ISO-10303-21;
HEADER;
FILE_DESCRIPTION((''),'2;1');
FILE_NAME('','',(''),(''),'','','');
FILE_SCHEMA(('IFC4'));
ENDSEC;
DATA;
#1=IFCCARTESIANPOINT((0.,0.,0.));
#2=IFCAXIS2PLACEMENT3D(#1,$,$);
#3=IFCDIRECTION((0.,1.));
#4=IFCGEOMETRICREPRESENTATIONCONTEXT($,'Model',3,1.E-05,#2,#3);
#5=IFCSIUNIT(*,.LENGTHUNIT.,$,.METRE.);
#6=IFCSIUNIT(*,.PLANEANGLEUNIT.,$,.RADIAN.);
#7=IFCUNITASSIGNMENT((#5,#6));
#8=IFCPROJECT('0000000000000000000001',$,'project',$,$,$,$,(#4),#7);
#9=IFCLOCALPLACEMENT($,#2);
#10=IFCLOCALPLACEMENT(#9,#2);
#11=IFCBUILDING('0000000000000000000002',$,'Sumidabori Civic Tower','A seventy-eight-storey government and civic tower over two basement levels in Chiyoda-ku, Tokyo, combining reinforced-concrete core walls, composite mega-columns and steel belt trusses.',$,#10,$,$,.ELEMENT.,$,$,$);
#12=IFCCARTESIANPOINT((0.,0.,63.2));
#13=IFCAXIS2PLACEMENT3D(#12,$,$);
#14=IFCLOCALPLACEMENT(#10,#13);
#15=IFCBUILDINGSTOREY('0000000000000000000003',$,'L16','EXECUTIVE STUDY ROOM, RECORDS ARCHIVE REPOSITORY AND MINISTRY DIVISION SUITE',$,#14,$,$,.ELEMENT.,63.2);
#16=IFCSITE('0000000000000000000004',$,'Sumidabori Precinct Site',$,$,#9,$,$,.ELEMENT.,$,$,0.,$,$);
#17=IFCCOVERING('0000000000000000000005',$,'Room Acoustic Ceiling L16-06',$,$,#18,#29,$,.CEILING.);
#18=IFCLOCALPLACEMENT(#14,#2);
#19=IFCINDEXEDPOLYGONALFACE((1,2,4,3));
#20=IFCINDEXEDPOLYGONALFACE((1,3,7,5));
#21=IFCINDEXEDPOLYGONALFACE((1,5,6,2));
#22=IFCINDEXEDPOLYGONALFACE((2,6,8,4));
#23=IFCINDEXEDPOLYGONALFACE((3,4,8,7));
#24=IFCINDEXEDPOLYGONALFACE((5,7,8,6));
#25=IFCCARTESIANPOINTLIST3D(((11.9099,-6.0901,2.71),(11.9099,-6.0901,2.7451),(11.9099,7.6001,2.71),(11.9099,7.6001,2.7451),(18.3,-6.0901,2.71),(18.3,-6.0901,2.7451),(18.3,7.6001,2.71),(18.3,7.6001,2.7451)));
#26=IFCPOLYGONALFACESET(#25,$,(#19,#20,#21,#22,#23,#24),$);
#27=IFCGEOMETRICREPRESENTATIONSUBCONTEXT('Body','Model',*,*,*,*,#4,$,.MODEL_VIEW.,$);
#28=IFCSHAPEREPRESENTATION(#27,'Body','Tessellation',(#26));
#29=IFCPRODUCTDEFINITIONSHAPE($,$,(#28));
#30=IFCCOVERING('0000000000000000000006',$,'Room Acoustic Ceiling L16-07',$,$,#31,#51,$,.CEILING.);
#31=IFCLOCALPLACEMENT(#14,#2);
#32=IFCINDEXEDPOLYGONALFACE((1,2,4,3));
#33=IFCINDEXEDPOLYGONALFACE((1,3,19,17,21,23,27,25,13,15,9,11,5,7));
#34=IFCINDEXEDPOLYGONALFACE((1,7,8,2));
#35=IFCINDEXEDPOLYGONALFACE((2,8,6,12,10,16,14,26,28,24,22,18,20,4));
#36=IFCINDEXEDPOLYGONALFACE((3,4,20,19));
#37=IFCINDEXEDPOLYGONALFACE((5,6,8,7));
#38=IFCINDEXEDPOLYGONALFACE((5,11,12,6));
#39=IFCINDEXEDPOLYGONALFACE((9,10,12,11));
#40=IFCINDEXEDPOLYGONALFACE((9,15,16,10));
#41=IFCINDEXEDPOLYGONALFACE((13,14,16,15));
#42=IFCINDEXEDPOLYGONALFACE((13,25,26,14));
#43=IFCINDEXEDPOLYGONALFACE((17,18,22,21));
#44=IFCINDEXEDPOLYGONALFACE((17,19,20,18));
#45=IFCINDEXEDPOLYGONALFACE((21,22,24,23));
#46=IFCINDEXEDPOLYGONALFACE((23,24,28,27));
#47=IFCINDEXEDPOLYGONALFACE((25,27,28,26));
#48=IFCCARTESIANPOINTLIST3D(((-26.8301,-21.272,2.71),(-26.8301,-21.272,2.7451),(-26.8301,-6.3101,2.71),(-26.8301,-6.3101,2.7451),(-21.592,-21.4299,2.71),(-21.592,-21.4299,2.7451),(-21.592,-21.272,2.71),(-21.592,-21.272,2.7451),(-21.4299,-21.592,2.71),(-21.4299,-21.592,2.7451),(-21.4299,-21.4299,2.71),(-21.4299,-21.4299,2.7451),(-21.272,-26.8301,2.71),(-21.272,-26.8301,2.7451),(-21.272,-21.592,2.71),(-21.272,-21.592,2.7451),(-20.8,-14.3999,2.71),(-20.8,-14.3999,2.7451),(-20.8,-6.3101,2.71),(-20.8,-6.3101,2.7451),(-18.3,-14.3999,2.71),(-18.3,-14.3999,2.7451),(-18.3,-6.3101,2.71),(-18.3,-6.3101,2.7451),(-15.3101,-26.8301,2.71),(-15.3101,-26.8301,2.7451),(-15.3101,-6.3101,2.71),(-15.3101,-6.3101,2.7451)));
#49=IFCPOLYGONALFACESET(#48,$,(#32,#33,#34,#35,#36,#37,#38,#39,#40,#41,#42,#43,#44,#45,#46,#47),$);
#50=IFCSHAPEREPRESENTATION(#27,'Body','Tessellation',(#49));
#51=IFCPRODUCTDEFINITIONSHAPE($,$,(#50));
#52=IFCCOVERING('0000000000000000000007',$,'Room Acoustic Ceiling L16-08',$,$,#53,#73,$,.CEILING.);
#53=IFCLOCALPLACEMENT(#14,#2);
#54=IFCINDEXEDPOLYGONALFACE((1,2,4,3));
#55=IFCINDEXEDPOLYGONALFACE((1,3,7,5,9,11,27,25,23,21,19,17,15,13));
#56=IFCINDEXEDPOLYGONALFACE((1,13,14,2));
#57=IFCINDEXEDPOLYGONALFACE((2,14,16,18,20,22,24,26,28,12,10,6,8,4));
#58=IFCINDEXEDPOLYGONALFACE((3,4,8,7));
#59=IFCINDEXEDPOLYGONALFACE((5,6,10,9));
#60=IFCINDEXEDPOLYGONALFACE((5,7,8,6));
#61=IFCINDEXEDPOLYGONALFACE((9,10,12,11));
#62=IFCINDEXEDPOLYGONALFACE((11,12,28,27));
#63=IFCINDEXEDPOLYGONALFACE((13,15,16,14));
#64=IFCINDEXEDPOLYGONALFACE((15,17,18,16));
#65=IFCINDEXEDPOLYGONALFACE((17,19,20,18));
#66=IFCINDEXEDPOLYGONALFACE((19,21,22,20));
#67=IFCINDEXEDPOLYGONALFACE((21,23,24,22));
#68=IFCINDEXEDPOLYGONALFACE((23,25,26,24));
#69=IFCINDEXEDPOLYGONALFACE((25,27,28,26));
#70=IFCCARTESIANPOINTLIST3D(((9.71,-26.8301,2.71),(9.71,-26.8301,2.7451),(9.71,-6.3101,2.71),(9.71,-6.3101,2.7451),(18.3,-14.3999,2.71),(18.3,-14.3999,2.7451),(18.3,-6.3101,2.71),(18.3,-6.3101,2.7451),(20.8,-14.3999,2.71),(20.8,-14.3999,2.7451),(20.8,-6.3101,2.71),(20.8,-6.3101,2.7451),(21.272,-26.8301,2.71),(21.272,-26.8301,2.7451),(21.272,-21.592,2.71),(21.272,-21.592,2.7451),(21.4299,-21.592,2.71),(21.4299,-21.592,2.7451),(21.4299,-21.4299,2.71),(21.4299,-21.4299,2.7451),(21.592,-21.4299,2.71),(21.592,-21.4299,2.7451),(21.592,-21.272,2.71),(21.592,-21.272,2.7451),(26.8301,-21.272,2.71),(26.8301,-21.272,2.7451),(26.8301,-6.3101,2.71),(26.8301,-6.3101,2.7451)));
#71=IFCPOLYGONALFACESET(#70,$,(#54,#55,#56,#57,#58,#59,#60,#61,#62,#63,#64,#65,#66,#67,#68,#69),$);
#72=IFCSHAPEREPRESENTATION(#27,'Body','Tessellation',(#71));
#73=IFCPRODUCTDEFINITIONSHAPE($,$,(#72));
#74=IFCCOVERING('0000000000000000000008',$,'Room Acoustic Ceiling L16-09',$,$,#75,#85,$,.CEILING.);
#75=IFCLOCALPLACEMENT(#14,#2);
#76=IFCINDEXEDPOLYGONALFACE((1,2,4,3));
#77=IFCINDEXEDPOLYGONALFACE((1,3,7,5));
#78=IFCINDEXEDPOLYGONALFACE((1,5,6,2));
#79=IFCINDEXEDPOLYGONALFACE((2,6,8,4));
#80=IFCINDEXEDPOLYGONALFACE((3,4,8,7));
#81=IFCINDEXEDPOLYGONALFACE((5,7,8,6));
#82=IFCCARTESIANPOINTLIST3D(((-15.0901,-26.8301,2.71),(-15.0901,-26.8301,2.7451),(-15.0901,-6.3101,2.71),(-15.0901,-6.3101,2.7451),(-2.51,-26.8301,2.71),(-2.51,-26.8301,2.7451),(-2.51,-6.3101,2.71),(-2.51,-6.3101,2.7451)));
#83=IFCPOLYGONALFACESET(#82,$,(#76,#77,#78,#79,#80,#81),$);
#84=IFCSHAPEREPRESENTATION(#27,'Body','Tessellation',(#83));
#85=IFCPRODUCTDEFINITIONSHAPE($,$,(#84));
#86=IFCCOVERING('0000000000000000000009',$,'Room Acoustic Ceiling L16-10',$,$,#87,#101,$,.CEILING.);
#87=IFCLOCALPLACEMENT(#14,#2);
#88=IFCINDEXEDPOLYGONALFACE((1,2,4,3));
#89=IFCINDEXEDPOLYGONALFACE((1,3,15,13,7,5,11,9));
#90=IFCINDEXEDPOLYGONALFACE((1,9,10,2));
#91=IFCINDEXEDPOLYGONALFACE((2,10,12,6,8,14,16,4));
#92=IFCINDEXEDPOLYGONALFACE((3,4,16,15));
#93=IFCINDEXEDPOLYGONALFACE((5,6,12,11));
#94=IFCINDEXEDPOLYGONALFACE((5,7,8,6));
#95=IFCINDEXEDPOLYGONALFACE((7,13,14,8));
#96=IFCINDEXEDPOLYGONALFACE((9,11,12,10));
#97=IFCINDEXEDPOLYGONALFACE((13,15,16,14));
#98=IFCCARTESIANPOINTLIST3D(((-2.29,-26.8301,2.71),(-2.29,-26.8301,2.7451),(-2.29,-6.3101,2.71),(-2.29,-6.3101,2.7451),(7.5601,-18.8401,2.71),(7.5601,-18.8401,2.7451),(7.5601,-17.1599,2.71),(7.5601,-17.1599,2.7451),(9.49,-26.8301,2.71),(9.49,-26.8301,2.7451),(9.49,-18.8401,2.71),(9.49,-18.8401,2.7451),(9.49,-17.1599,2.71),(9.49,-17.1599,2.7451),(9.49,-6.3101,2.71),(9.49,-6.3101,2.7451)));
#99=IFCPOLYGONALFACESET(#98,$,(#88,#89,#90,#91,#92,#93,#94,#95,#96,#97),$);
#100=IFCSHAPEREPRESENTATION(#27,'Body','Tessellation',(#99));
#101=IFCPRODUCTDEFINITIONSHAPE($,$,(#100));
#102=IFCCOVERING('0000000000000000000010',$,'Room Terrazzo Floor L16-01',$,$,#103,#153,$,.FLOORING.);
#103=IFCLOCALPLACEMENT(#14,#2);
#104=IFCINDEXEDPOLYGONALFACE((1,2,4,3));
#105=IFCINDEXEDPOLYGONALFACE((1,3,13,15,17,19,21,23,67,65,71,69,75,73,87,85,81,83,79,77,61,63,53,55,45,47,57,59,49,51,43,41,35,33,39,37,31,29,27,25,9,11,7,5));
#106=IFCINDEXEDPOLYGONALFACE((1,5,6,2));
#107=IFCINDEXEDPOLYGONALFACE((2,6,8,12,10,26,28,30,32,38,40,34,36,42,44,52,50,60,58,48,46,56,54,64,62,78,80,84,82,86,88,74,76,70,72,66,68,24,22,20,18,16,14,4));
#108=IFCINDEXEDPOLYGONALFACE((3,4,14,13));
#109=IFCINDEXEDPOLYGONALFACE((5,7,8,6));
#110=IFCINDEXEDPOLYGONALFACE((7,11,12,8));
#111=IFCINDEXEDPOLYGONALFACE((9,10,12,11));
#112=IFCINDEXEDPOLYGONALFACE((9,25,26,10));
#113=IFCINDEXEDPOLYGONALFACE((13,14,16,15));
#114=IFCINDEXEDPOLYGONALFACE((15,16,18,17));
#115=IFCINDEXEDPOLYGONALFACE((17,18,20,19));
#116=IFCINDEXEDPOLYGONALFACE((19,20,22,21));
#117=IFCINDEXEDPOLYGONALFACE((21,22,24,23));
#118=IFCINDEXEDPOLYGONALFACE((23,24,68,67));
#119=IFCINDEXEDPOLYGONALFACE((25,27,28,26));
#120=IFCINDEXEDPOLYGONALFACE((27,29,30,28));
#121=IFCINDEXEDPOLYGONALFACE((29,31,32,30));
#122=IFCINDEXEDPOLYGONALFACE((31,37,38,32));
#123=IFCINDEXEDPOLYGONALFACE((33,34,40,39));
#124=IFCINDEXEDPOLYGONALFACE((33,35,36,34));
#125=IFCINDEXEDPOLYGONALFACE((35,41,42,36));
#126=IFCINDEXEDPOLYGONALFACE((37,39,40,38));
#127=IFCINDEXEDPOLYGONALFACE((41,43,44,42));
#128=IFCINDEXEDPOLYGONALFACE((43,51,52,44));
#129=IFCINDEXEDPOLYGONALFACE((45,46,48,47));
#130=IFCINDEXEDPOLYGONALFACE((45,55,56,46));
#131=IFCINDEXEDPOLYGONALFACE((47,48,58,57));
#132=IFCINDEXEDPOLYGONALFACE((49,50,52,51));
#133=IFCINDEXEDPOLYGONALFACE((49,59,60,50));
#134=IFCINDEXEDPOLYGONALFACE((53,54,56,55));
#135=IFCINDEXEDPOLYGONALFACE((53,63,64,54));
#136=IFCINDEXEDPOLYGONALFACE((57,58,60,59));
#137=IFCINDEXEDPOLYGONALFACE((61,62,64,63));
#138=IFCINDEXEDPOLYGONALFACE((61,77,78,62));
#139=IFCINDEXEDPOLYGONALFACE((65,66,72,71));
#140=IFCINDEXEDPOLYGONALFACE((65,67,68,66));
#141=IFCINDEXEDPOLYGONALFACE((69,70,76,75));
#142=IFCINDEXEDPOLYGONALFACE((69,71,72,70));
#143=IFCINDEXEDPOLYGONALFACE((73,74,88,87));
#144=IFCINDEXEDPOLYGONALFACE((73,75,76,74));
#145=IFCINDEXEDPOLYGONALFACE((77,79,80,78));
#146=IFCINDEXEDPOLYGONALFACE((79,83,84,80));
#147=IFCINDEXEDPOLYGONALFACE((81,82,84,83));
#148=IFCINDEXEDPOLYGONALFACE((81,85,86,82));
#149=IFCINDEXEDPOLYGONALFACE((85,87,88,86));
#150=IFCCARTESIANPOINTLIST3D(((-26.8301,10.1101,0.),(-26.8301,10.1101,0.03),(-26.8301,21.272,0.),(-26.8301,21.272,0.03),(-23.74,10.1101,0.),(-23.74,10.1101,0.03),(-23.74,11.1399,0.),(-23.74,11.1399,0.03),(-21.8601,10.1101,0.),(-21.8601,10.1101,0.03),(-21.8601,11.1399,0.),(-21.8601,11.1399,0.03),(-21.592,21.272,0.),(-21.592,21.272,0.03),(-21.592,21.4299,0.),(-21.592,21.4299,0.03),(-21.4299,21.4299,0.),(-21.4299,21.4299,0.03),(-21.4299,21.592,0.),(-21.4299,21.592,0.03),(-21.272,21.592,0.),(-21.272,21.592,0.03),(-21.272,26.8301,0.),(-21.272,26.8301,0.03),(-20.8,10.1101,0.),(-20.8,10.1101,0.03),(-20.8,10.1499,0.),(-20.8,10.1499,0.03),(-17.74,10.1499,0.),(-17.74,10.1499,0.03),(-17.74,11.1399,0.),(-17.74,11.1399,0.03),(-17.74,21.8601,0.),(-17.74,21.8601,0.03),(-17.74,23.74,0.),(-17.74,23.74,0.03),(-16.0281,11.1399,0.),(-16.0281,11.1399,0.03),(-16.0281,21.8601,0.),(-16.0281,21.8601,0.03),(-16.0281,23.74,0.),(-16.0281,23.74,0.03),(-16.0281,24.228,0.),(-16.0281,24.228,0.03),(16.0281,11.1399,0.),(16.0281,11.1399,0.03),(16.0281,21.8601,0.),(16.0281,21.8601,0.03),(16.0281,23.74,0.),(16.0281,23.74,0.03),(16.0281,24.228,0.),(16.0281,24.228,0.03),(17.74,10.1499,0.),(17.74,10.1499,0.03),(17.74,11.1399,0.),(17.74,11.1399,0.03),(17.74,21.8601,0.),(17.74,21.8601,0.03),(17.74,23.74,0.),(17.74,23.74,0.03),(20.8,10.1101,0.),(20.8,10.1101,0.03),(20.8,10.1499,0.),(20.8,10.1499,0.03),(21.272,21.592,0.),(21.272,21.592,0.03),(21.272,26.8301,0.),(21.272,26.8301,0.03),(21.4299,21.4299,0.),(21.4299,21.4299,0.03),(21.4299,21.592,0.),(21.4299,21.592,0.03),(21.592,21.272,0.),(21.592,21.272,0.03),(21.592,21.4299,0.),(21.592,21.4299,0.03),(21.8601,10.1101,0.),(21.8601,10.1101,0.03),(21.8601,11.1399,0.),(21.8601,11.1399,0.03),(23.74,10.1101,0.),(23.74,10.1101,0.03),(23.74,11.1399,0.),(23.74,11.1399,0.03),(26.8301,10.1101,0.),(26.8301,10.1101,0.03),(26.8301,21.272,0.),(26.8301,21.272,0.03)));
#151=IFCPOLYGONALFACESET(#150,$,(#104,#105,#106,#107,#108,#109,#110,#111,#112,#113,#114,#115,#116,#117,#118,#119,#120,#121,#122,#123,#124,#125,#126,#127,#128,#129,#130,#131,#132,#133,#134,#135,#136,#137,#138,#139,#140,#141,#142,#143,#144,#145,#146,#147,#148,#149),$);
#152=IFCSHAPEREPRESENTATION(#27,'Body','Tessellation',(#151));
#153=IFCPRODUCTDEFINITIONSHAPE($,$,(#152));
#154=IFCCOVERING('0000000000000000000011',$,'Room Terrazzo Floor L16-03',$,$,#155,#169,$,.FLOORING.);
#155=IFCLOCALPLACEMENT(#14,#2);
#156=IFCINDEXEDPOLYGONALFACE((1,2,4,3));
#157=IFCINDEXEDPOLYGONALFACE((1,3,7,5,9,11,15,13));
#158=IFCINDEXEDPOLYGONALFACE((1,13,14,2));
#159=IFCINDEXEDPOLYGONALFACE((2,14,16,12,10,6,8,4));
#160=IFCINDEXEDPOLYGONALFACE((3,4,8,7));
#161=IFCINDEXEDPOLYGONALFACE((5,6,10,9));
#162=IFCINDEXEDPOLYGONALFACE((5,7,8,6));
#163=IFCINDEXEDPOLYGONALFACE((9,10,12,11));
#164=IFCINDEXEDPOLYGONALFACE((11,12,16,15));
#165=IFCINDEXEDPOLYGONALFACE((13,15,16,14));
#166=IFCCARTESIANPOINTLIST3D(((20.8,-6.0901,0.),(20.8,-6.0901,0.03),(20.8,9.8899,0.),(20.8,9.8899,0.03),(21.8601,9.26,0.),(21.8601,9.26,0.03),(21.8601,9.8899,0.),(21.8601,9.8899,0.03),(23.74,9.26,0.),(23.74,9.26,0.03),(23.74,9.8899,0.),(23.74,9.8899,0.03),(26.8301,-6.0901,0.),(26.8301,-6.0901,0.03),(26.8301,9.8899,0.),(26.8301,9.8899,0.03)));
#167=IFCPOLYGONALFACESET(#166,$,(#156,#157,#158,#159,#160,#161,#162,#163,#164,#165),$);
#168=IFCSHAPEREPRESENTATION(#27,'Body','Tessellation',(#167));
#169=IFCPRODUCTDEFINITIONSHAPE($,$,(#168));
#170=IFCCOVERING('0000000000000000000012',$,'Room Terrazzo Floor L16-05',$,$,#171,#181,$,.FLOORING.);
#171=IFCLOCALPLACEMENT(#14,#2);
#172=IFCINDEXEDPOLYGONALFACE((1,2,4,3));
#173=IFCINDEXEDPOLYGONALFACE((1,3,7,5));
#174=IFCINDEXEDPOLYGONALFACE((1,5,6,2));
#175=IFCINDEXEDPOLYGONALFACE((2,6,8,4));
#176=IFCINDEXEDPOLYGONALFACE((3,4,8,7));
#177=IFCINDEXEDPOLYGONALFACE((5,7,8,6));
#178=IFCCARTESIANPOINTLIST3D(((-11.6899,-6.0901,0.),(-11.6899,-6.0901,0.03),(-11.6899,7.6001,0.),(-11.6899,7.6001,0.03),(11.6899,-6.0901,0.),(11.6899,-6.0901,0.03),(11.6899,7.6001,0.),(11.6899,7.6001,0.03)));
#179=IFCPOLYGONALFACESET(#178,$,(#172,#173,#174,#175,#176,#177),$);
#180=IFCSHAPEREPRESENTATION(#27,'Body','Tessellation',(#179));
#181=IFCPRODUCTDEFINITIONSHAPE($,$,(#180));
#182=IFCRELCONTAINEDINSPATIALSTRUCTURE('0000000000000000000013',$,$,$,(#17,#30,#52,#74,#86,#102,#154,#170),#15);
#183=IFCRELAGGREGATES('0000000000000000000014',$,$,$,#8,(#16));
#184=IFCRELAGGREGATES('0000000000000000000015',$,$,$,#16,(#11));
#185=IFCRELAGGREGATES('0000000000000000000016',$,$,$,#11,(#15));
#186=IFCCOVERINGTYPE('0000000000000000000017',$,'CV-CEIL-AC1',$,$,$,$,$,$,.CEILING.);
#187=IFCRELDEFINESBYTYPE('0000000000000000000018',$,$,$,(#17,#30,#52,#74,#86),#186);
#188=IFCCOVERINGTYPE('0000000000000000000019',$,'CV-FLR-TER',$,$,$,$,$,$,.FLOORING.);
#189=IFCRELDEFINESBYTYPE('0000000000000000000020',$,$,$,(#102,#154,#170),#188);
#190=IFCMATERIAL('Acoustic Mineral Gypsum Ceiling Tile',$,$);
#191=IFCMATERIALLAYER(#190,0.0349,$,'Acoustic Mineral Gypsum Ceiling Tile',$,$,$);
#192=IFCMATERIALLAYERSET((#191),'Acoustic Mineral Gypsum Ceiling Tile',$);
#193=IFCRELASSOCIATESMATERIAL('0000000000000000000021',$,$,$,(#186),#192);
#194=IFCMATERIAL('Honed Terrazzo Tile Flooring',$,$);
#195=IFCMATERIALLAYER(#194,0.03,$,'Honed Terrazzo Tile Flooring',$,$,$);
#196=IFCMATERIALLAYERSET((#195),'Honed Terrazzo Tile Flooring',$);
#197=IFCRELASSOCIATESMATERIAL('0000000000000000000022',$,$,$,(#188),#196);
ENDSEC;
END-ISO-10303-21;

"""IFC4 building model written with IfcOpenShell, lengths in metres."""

from ifc_helpers import new_model, si_unit, direction, frame, origin, place, context, subcontext, project, spatial, polyline, outline, extrude, material, layer, layer_set, type_object, element, save


model = new_model("IFC4")

# Units and contexts
model_context = context("Model", 3, precision=1e-05, world=origin(), true_north=direction((0.0, 1.0)))
body_context = subcontext(model_context, "Body", "Model", "MODEL_VIEW")
ifc_project = project(units=[si_unit("LENGTHUNIT", "METRE"), si_unit("PLANEANGLEUNIT", "RADIAN")], contexts=[model_context])

# Site, building, storey
site_placement = place(None, origin())
site = spatial("IfcSite", under=ifc_project, at=site_placement, Name="Sumidabori Precinct Site", CompositionType="ELEMENT", RefElevation=0.0)
building_placement = place(site_placement, origin())
building = spatial("IfcBuilding", under=site, at=building_placement, Name="Sumidabori Civic Tower", Description="A seventy-eight-storey government and civic tower over two basement levels in Chiyoda-ku, Tokyo, combining reinforced-concrete core walls, composite mega-columns and steel belt trusses.", CompositionType="ELEMENT")
storey_placement = place(building_placement, frame((0.0, 0.0, 63.2)))
storey = spatial("IfcBuildingStorey", under=building, at=storey_placement, Name="L16", Description="EXECUTIVE STUDY ROOM, RECORDS ARCHIVE REPOSITORY AND MINISTRY DIVISION SUITE", CompositionType="ELEMENT", Elevation=63.2)

# Coverings
ifc_material_1 = material(Name="Acoustic Mineral Gypsum Ceiling Tile")
ifc_layer_1 = layer(ifc_material_1, 0.0349, Name="Acoustic Mineral Gypsum Ceiling Tile")
ifc_layer_set_1 = layer_set([ifc_layer_1], Name="Acoustic Mineral Gypsum Ceiling Tile")
covering_type_1 = type_object("IfcCoveringType", Name="CV-CEIL-AC1", PredefinedType="CEILING", material=ifc_layer_set_1)
covering_1_placement = place(storey_placement, frame((0.0, 0.0, 2.71)))
element("IfcCovering", 1, at=covering_1_placement, inside=storey, type_object=covering_type_1, Name="Room Acoustic Ceiling L16-06", PredefinedType="CEILING", context=body_context, shape_type="SweptSolid", body=[
    extrude(outline(polyline([(11.9099, 7.6001), (18.3, 7.6001), (18.3, -6.0901), (11.9099, -6.0901), (11.9099, 7.6001)])), origin(), (0.0, 0.0, 1.0), 0.0352),
])
covering_2_placement = place(storey_placement, frame((0.0, 0.0, 2.71)))
element("IfcCovering", 2, at=covering_2_placement, inside=storey, type_object=covering_type_1, Name="Room Acoustic Ceiling L16-07", PredefinedType="CEILING", context=body_context, shape_type="SweptSolid", body=[
    extrude(outline(polyline([(-26.8301, -21.272), (-26.8301, -6.3101), (-20.8, -6.3101), (-20.8, -14.3999), (-18.3, -14.3999), (-18.3, -6.3101), (-15.3101, -6.3101), (-15.3101, -26.8301), (-21.272, -26.8301), (-21.272, -21.592), (-21.4299, -21.592), (-21.4299, -21.4299), (-21.592, -21.4299), (-21.592, -21.272), (-26.8301, -21.272)])), origin(), (0.0, 0.0, 1.0), 0.0352),
])
covering_3_placement = place(storey_placement, frame((0.0, 0.0, 2.71)))
element("IfcCovering", 3, at=covering_3_placement, inside=storey, type_object=covering_type_1, Name="Room Acoustic Ceiling L16-08", PredefinedType="CEILING", context=body_context, shape_type="SweptSolid", body=[
    extrude(outline(polyline([(18.3, -14.3999), (20.8, -14.3999), (20.8, -6.3101), (26.8301, -6.3101), (26.8301, -21.272), (21.592, -21.272), (21.592, -21.4299), (21.4299, -21.4299), (21.4299, -21.592), (21.272, -21.592), (21.272, -26.8301), (9.71, -26.8301), (9.71, -6.3101), (18.3, -6.3101), (18.3, -14.3999)])), origin(), (0.0, 0.0, 1.0), 0.0352),
])
covering_4_placement = place(storey_placement, frame((0.0, 0.0, 2.71)))
element("IfcCovering", 4, at=covering_4_placement, inside=storey, type_object=covering_type_1, Name="Room Acoustic Ceiling L16-09", PredefinedType="CEILING", context=body_context, shape_type="SweptSolid", body=[
    extrude(outline(polyline([(-2.51, -26.8301), (-15.0901, -26.8301), (-15.0901, -6.3101), (-2.51, -6.3101), (-2.51, -26.8301)])), origin(), (0.0, 0.0, 1.0), 0.0352),
])
covering_5_placement = place(storey_placement, frame((0.0, 0.0, 2.71)))
element("IfcCovering", 5, at=covering_5_placement, inside=storey, type_object=covering_type_1, Name="Room Acoustic Ceiling L16-10", PredefinedType="CEILING", context=body_context, shape_type="SweptSolid", body=[
    extrude(outline(polyline([(9.49, -17.1599), (7.5601, -17.1599), (7.5601, -18.8401), (9.49, -18.8401), (9.49, -26.8301), (-2.29, -26.8301), (-2.29, -6.3101), (9.49, -6.3101), (9.49, -17.1599)])), origin(), (0.0, 0.0, 1.0), 0.0352),
])
ifc_material_2 = material(Name="Honed Terrazzo Tile Flooring")
ifc_layer_2 = layer(ifc_material_2, 0.03, Name="Honed Terrazzo Tile Flooring")
ifc_layer_set_2 = layer_set([ifc_layer_2], Name="Honed Terrazzo Tile Flooring")
covering_type_2 = type_object("IfcCoveringType", Name="CV-FLR-TER", PredefinedType="FLOORING", material=ifc_layer_set_2)
covering_6_placement = place(storey_placement, origin())
element("IfcCovering", 6, at=covering_6_placement, inside=storey, type_object=covering_type_2, Name="Room Terrazzo Floor L16-01", PredefinedType="FLOORING", context=body_context, shape_type="SweptSolid", body=[
    extrude(outline(polyline([(-21.592, 21.4299), (-21.4299, 21.4299), (-21.4299, 21.592), (-21.272, 21.592), (-21.272, 26.8301), (21.272, 26.8301), (21.272, 21.592), (21.4299, 21.592), (21.4299, 21.4299), (21.592, 21.4299), (21.592, 21.272), (26.8301, 21.272), (26.8301, 10.1101), (23.74, 10.1101), (23.74, 11.1399), (21.8601, 11.1399), (21.8601, 10.1101), (20.8, 10.1101), (20.8, 10.1499), (17.74, 10.1499), (17.74, 11.1399), (16.0281, 11.1399), (16.0281, 21.8601), (17.74, 21.8601), (17.74, 23.74), (16.0281, 23.74), (16.0281, 24.228), (-16.0281, 24.228), (-16.0281, 23.74), (-17.74, 23.74), (-17.74, 21.8601), (-16.0281, 21.8601), (-16.0281, 11.1399), (-17.74, 11.1399), (-17.74, 10.1499), (-20.8, 10.1499), (-20.8, 10.1101), (-21.8601, 10.1101), (-21.8601, 11.1399), (-23.74, 11.1399), (-23.74, 10.1101), (-26.8301, 10.1101), (-26.8301, 21.272), (-21.592, 21.272), (-21.592, 21.4299)])), origin(), (0.0, 0.0, 1.0), 0.03),
])
covering_7_placement = place(storey_placement, origin())
element("IfcCovering", 7, at=covering_7_placement, inside=storey, type_object=covering_type_2, Name="Room Terrazzo Floor L16-03", PredefinedType="FLOORING", context=body_context, shape_type="SweptSolid", body=[
    extrude(outline(polyline([(20.8, 9.8899), (21.8601, 9.8899), (21.8601, 9.26), (23.74, 9.26), (23.74, 9.8899), (26.8301, 9.8899), (26.8301, -6.0901), (20.8, -6.0901), (20.8, 9.8899)])), origin(), (0.0, 0.0, 1.0), 0.03),
])
covering_8_placement = place(storey_placement, origin())
element("IfcCovering", 8, at=covering_8_placement, inside=storey, type_object=covering_type_2, Name="Room Terrazzo Floor L16-05", PredefinedType="FLOORING", context=body_context, shape_type="SweptSolid", body=[
    extrude(outline(polyline([(-11.6899, 7.6001), (11.6899, 7.6001), (11.6899, -6.0901), (-11.6899, -6.0901), (-11.6899, 7.6001)])), origin(), (0.0, 0.0, 1.0), 0.03),
])

save(model, "model.ifc")
